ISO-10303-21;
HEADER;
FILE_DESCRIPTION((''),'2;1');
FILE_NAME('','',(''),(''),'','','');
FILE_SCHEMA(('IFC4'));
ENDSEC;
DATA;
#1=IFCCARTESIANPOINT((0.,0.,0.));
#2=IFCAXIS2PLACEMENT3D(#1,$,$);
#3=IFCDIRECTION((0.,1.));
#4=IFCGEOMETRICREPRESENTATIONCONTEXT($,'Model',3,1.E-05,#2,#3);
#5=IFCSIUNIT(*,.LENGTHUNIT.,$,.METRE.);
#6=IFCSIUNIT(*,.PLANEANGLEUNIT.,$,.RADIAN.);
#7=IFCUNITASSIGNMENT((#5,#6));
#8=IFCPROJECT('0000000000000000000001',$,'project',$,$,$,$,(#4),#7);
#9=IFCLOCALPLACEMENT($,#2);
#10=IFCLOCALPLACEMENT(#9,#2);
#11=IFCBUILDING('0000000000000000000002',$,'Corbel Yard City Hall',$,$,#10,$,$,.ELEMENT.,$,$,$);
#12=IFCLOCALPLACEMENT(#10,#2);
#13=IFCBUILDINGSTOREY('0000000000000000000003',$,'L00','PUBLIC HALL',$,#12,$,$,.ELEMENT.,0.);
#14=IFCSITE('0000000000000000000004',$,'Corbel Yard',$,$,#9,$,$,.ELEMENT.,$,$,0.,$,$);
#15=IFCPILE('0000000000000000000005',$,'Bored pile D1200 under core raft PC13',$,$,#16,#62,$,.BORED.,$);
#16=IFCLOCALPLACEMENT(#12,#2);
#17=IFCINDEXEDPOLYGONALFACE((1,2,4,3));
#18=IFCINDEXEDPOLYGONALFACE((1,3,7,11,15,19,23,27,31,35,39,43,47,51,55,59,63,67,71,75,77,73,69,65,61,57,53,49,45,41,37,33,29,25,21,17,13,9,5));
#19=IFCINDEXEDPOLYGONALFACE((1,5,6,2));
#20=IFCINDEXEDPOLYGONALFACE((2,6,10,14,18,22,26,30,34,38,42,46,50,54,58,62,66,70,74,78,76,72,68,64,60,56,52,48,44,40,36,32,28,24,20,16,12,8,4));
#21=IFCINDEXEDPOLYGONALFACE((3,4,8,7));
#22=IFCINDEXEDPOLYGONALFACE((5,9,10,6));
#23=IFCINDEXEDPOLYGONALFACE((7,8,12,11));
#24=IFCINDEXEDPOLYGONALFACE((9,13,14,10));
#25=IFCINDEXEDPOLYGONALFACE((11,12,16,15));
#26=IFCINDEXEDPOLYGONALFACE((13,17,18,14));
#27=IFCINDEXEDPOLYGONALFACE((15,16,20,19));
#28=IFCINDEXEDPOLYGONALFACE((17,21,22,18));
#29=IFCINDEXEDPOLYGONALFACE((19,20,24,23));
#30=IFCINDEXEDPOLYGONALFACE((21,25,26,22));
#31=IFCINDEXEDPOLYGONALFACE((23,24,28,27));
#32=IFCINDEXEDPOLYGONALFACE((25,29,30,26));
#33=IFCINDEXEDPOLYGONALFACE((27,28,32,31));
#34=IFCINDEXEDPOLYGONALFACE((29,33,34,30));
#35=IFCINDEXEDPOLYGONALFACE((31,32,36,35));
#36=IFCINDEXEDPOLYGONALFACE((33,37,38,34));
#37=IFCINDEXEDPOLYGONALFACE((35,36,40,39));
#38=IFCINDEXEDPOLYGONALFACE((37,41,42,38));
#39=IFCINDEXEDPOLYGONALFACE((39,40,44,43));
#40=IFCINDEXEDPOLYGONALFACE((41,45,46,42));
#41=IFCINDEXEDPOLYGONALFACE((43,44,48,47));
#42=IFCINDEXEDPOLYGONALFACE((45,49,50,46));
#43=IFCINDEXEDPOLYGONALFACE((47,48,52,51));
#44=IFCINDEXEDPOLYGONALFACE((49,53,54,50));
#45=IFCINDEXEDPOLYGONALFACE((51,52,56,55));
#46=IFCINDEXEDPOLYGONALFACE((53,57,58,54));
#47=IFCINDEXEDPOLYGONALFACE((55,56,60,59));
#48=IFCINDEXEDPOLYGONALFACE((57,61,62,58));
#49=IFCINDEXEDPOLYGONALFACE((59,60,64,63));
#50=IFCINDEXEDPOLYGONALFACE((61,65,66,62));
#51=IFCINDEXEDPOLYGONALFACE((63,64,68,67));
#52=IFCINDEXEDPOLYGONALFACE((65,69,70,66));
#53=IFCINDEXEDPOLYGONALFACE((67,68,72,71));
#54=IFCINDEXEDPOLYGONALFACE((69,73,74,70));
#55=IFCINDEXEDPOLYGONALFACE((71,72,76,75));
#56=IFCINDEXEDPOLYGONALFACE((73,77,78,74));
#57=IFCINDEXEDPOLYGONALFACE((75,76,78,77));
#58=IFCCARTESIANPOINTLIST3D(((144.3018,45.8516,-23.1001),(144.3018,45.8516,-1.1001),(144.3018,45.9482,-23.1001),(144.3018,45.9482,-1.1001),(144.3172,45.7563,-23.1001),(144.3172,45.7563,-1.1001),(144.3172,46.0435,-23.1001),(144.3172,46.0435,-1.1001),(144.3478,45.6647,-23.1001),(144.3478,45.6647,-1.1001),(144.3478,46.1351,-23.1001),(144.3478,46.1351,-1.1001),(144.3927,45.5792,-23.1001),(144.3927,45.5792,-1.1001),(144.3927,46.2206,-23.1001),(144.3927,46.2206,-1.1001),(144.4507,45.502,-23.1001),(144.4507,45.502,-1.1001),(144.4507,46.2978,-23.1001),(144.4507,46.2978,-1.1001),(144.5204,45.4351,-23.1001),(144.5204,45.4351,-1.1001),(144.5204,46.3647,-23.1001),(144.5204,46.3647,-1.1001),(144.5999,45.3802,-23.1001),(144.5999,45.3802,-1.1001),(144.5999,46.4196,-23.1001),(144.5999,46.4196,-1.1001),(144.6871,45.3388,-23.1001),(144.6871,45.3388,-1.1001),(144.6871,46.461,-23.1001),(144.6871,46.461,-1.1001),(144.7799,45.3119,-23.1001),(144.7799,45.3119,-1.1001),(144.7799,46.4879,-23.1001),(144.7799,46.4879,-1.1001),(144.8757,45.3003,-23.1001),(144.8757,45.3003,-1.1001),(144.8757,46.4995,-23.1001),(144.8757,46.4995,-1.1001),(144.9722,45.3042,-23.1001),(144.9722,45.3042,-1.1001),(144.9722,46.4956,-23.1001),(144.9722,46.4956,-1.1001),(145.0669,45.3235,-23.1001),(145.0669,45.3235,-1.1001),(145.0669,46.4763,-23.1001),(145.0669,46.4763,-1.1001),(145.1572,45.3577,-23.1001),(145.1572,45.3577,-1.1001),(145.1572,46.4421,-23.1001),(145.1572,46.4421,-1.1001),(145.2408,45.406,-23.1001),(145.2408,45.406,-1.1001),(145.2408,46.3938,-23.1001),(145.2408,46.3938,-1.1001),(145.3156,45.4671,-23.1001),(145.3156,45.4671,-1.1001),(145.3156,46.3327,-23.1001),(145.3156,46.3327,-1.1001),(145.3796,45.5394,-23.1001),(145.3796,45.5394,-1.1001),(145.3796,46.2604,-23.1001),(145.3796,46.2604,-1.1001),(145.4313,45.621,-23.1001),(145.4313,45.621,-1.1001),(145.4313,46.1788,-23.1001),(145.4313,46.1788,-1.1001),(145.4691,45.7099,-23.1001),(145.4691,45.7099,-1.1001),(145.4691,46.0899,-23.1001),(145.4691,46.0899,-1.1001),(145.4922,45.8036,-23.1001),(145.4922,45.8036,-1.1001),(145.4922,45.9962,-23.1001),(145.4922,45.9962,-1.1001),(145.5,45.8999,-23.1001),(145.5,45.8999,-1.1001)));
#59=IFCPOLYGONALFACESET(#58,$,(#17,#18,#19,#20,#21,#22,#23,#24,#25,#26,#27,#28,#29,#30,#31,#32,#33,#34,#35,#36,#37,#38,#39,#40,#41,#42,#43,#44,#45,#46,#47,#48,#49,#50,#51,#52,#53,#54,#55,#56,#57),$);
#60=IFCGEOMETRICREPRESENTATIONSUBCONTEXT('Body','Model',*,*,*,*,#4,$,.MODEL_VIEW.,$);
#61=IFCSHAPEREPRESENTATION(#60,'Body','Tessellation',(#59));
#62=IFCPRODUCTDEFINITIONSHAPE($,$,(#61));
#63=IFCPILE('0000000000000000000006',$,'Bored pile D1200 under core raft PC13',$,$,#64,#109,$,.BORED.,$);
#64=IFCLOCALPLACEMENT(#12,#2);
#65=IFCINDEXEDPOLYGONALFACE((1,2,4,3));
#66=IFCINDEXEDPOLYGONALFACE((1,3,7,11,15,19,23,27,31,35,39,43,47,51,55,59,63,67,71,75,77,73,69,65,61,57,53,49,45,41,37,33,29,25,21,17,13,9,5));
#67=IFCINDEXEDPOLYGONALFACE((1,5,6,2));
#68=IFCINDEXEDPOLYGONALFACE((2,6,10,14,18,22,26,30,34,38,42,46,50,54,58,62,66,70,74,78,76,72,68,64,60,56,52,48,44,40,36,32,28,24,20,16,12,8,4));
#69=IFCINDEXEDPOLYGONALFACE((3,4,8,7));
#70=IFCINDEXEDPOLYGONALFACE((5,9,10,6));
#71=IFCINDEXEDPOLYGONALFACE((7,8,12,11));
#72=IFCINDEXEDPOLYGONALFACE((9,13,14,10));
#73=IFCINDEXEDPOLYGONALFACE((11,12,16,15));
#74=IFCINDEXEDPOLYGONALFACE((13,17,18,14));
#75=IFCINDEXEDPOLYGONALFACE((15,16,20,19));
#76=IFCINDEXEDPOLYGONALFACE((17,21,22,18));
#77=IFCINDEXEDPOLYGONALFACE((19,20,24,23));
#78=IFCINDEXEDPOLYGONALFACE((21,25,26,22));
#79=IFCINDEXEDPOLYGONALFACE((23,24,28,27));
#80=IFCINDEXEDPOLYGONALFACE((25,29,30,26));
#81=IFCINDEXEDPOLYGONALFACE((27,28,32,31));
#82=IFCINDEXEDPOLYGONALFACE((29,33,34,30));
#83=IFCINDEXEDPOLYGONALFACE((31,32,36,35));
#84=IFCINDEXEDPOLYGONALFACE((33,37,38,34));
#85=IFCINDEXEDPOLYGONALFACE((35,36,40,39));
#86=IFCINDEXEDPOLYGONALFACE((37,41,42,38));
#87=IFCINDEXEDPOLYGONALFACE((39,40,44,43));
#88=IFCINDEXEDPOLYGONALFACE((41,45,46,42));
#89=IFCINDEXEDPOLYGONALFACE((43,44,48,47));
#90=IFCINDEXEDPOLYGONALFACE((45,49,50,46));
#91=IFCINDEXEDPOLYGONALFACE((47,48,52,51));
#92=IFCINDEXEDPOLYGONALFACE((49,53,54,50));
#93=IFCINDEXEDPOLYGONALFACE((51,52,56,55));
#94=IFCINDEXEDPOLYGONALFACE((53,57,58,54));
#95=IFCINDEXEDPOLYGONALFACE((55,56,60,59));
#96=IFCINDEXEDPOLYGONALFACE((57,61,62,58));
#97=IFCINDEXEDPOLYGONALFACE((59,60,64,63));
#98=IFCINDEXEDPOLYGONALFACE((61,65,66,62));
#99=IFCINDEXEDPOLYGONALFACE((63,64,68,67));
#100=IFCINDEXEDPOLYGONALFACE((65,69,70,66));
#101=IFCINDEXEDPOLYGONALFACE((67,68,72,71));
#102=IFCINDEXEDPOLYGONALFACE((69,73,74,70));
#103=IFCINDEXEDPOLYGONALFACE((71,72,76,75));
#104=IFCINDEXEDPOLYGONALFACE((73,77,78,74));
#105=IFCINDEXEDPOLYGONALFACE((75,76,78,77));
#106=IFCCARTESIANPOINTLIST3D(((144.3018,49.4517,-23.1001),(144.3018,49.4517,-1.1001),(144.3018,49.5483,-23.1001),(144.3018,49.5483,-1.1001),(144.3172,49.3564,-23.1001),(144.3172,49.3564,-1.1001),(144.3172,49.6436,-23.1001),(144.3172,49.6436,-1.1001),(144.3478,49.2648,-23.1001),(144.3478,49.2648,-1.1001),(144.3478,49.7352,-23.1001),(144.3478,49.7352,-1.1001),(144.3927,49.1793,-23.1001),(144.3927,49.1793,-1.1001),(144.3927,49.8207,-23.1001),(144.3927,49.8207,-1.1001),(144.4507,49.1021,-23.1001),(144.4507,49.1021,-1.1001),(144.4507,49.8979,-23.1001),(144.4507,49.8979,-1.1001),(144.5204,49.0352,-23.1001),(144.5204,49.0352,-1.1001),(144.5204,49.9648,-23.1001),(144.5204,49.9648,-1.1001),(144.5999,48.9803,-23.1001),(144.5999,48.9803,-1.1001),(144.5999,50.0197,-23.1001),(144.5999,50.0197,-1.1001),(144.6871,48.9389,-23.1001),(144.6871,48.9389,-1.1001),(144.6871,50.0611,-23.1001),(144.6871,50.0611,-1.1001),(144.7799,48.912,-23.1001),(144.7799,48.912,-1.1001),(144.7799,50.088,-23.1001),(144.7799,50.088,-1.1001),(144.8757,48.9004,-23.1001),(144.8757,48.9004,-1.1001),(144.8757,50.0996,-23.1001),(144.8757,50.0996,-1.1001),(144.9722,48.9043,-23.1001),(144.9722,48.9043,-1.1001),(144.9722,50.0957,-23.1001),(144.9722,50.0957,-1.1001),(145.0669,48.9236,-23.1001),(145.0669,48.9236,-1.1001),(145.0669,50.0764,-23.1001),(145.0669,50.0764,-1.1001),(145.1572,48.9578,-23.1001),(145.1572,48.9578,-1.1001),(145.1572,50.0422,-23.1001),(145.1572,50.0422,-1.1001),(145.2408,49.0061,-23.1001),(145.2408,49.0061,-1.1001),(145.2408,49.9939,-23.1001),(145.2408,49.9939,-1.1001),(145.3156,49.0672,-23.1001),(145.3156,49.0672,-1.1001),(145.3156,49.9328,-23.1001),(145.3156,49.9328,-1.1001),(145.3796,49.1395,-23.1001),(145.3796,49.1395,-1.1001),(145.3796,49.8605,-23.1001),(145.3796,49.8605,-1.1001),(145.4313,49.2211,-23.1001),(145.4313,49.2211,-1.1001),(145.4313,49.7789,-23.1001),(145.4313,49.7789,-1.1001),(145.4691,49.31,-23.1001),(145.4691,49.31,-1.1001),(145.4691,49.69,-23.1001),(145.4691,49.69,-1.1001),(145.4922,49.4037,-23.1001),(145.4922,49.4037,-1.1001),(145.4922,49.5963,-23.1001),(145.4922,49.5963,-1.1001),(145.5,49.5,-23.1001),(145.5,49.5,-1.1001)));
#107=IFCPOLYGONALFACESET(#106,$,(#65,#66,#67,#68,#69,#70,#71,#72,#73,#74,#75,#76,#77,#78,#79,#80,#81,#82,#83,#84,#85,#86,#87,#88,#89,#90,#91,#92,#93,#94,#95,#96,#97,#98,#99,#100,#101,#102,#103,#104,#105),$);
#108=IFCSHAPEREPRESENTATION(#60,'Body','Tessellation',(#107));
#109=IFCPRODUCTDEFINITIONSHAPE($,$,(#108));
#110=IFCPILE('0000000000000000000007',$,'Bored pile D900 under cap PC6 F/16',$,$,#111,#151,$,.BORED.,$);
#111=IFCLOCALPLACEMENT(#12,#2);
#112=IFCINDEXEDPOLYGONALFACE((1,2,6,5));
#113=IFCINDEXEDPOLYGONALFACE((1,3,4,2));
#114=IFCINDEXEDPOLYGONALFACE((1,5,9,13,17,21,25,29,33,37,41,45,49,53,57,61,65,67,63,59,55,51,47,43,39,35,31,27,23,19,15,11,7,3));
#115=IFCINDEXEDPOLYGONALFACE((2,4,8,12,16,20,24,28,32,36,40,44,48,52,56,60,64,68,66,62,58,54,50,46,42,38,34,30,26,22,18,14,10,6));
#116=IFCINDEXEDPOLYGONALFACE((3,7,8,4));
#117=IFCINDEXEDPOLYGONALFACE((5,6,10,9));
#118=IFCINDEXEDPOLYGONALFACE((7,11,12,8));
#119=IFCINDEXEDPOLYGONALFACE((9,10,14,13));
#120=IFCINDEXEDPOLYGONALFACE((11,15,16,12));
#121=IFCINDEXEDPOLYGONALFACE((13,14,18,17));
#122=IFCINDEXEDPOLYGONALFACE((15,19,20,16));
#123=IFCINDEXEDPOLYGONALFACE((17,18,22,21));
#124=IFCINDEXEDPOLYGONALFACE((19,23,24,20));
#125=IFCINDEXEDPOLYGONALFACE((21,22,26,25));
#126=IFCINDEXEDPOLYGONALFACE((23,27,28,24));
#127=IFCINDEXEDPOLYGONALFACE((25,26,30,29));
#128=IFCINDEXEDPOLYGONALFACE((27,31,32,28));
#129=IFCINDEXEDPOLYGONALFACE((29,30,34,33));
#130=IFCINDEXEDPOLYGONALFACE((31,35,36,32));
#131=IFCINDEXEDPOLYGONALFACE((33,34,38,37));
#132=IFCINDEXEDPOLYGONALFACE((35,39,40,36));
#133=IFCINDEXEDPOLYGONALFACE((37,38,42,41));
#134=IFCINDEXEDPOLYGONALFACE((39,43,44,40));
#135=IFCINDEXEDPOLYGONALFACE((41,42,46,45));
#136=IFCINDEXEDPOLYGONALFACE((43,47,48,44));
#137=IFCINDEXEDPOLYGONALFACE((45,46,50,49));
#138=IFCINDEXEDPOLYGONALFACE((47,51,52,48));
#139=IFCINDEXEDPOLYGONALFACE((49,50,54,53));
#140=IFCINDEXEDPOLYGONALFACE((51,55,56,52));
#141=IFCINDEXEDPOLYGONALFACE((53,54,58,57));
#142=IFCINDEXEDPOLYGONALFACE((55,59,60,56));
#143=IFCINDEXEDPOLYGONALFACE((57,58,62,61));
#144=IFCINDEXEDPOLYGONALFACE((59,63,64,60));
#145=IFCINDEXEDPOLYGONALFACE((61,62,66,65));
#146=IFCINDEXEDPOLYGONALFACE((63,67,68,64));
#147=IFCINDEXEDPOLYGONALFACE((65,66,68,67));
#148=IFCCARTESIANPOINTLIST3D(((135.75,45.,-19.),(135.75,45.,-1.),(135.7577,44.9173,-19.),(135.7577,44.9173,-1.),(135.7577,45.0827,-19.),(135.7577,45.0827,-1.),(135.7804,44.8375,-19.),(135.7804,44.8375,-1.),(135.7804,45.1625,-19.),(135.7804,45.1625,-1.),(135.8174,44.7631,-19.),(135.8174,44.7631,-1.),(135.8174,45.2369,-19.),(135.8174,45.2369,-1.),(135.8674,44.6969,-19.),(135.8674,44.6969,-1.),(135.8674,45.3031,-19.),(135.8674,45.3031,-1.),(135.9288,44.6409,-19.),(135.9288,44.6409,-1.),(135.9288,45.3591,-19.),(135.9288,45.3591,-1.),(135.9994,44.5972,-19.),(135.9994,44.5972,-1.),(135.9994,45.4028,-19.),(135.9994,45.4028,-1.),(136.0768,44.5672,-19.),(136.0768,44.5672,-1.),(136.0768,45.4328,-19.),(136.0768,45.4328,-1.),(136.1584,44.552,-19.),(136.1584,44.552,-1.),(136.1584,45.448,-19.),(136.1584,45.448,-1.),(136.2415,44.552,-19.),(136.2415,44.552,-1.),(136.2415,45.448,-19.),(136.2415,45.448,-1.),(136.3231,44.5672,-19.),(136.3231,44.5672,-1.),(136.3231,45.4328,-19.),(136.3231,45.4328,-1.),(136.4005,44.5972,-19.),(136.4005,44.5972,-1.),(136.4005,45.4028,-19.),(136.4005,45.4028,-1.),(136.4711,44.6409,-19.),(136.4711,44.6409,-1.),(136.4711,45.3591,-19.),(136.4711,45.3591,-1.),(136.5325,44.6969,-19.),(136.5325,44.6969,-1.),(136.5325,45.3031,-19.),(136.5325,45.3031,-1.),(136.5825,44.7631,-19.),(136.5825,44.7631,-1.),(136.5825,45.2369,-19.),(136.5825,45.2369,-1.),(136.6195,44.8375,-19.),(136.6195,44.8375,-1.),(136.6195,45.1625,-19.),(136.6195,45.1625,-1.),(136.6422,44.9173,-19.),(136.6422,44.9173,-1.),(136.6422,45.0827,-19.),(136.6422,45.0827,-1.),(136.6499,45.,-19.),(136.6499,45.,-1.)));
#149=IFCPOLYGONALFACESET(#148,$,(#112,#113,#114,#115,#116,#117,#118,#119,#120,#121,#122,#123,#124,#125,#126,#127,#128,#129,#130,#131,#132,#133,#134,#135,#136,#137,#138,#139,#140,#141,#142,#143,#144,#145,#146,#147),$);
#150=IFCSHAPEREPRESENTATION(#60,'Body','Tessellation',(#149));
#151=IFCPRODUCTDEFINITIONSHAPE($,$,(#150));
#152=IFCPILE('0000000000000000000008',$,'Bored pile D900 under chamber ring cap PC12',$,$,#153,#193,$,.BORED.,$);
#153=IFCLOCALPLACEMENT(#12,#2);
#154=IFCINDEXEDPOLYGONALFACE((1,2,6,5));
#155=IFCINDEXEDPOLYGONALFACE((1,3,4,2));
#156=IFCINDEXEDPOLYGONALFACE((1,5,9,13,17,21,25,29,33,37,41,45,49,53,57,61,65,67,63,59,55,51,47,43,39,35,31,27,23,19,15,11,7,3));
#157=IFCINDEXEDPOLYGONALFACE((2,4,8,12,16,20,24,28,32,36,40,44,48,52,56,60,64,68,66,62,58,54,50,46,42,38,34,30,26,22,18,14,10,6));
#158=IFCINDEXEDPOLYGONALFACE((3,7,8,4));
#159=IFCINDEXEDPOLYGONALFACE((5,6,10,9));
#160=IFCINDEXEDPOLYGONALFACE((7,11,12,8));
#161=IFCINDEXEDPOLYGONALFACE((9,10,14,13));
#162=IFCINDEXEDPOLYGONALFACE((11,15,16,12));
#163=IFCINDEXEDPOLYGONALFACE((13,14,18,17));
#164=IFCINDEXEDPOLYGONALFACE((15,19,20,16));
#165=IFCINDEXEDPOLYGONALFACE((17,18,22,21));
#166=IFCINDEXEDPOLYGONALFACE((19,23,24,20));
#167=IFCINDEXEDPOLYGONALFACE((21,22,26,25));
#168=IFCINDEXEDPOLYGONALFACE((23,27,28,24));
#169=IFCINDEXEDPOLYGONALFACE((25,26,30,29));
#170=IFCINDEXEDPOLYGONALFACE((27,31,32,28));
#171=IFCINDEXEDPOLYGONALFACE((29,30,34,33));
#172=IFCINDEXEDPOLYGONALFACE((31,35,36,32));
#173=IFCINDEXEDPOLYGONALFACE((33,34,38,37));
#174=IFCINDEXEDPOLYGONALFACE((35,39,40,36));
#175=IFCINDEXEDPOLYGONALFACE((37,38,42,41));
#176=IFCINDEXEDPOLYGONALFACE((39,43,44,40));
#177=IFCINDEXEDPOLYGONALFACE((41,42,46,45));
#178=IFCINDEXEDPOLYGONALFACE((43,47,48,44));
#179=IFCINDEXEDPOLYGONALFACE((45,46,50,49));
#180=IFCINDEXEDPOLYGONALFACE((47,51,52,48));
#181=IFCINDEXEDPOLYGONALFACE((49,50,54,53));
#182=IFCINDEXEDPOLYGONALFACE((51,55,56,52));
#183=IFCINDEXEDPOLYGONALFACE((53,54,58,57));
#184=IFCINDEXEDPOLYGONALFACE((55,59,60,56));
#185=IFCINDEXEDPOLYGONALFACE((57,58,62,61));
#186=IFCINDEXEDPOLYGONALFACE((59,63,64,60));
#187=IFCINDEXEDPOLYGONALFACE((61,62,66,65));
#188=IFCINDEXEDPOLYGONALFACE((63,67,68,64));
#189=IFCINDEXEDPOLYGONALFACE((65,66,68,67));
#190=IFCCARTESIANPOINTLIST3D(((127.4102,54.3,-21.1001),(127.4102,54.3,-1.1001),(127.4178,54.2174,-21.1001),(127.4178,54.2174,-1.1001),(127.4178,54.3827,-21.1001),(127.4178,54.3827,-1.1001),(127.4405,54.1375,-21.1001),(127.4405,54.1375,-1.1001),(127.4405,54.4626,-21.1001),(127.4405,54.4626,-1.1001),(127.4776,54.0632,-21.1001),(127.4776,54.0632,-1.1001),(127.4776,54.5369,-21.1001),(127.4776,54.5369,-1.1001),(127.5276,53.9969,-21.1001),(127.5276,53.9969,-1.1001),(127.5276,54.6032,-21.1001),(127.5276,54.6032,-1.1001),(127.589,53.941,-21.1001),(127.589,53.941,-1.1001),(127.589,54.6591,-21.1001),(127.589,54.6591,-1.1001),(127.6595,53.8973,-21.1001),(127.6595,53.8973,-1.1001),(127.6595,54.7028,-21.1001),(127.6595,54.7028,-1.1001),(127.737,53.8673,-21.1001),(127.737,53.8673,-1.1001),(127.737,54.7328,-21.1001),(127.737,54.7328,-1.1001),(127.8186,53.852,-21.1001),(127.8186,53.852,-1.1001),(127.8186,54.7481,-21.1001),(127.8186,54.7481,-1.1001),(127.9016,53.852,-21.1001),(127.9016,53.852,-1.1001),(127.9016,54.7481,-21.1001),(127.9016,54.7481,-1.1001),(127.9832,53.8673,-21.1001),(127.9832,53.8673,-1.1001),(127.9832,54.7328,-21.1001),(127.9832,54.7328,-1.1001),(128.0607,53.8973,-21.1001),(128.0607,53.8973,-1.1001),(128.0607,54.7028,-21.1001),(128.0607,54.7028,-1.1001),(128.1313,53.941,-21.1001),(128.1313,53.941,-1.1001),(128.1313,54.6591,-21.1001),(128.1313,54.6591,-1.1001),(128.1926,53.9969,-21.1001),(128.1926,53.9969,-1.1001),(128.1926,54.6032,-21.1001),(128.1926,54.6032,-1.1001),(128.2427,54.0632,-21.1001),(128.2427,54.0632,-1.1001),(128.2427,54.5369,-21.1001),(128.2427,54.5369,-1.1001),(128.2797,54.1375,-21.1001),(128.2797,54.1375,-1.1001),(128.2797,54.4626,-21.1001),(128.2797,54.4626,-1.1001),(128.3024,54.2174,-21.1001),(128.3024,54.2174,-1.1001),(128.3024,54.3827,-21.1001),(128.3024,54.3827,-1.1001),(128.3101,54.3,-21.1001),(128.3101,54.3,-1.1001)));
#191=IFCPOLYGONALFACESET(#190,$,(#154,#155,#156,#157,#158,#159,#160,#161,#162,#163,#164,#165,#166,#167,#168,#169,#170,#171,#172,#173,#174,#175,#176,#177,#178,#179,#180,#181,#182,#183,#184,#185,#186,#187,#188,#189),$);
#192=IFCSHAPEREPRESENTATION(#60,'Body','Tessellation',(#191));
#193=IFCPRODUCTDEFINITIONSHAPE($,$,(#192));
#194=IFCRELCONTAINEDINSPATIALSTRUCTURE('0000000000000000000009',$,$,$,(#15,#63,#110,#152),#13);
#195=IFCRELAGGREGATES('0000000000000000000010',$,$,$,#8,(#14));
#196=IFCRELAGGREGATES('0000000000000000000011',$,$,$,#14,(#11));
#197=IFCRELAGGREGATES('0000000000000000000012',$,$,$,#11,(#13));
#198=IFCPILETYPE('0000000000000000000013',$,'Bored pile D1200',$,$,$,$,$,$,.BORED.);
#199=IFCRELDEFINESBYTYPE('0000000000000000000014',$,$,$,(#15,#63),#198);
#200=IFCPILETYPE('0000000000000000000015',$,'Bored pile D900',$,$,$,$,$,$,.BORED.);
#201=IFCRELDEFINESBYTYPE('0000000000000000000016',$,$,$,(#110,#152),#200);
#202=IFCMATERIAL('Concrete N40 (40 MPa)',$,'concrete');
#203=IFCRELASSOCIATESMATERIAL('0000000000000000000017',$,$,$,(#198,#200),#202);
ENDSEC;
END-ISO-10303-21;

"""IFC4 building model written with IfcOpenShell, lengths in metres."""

from ifc_helpers import new_model, si_unit, direction, frame, origin, origin_2d, place, context, subcontext, project, spatial, circle, extrude, material, material_profile, profile_set, type_object, element, save


model = new_model("IFC4")

# Units and contexts
model_context = context("Model", 3, precision=1e-05, world=origin(), true_north=direction((0.0, 1.0)))
body_context = subcontext(model_context, "Body", "Model", "MODEL_VIEW")
ifc_project = project(units=[si_unit("LENGTHUNIT", "METRE"), si_unit("PLANEANGLEUNIT", "RADIAN")], contexts=[model_context])

# Site, building, storey
site_placement = place(None, origin())
site = spatial("IfcSite", under=ifc_project, at=site_placement, Name="Corbel Yard", CompositionType="ELEMENT", RefElevation=0.0)
building_placement = place(site_placement, origin())
building = spatial("IfcBuilding", under=site, at=building_placement, Name="Corbel Yard City Hall", CompositionType="ELEMENT")
storey_placement = place(building_placement, origin())
storey = spatial("IfcBuildingStorey", under=building, at=storey_placement, Name="L00", Description="PUBLIC HALL", CompositionType="ELEMENT", Elevation=0.0)

# Piles
ifc_material_1 = material(Name="Concrete N40 (40 MPa)", Category="concrete")
ifc_material_profile_1 = material_profile(ifc_material_1, circle(Radius=0.6001, at=origin_2d()), Name="D1200")
ifc_profile_set_1 = profile_set([ifc_material_profile_1], Name="Concrete N40 (40 MPa)")
pile_type_1 = type_object("IfcPileType", Name="Bored pile D1200", PredefinedType="BORED", material=ifc_profile_set_1)
for number, where, z_axis, x_axis, name in (
    (1, (144.8999, 45.8999, -1.1001), (0.0, 0.0, -1.0), (1.0, 0.0, 0.0), "Bored pile D1200 under core raft PC13"),
    (2, (144.8999, 49.5, -1.1001), (0.0, 0.0, -1.0), (1.0, 0.0, 0.0), "Bored pile D1200 under core raft PC13"),
):
    element("IfcPile", number, at=place(storey_placement, frame(where, z_axis=z_axis, x_axis=x_axis)), inside=storey, type_object=pile_type_1, Name=name, PredefinedType="BORED", context=body_context, shape_type="SweptSolid", body=[
        extrude(circle(Radius=0.6001, at=origin_2d()), origin(), (0.0, 0.0, 1.0), 22.0),
    ])
ifc_material_profile_2 = material_profile(ifc_material_1, circle(Radius=0.45, at=origin_2d()), Name="D900")
ifc_profile_set_2 = profile_set([ifc_material_profile_2], Name="Concrete N40 (40 MPa)")
pile_type_2 = type_object("IfcPileType", Name="Bored pile D900", PredefinedType="BORED", material=ifc_profile_set_2)
pile_1_placement = place(storey_placement, frame((136.2, 45.0, -1.0), z_axis=(0.0, 0.0, -1.0), x_axis=(1.0, 0.0, 0.0)))
element("IfcPile", 3, at=pile_1_placement, inside=storey, type_object=pile_type_2, Name="Bored pile D900 under cap PC6 F/16", PredefinedType="BORED", context=body_context, shape_type="SweptSolid", body=[
    extrude(circle(Radius=0.45, at=origin_2d()), origin(), (0.0, 0.0, 1.0), 18.0),
])
pile_2_placement = place(storey_placement, frame((127.8601, 54.3, -1.1001), z_axis=(0.0, 0.0, -1.0), x_axis=(1.0, 0.0, 0.0)))
element("IfcPile", 4, at=pile_2_placement, inside=storey, type_object=pile_type_2, Name="Bored pile D900 under chamber ring cap PC12", PredefinedType="BORED", context=body_context, shape_type="SweptSolid", body=[
    extrude(circle(Radius=0.45, at=origin_2d()), origin(), (0.0, 0.0, 1.0), 20.0),
])

save(model, "model.ifc")
